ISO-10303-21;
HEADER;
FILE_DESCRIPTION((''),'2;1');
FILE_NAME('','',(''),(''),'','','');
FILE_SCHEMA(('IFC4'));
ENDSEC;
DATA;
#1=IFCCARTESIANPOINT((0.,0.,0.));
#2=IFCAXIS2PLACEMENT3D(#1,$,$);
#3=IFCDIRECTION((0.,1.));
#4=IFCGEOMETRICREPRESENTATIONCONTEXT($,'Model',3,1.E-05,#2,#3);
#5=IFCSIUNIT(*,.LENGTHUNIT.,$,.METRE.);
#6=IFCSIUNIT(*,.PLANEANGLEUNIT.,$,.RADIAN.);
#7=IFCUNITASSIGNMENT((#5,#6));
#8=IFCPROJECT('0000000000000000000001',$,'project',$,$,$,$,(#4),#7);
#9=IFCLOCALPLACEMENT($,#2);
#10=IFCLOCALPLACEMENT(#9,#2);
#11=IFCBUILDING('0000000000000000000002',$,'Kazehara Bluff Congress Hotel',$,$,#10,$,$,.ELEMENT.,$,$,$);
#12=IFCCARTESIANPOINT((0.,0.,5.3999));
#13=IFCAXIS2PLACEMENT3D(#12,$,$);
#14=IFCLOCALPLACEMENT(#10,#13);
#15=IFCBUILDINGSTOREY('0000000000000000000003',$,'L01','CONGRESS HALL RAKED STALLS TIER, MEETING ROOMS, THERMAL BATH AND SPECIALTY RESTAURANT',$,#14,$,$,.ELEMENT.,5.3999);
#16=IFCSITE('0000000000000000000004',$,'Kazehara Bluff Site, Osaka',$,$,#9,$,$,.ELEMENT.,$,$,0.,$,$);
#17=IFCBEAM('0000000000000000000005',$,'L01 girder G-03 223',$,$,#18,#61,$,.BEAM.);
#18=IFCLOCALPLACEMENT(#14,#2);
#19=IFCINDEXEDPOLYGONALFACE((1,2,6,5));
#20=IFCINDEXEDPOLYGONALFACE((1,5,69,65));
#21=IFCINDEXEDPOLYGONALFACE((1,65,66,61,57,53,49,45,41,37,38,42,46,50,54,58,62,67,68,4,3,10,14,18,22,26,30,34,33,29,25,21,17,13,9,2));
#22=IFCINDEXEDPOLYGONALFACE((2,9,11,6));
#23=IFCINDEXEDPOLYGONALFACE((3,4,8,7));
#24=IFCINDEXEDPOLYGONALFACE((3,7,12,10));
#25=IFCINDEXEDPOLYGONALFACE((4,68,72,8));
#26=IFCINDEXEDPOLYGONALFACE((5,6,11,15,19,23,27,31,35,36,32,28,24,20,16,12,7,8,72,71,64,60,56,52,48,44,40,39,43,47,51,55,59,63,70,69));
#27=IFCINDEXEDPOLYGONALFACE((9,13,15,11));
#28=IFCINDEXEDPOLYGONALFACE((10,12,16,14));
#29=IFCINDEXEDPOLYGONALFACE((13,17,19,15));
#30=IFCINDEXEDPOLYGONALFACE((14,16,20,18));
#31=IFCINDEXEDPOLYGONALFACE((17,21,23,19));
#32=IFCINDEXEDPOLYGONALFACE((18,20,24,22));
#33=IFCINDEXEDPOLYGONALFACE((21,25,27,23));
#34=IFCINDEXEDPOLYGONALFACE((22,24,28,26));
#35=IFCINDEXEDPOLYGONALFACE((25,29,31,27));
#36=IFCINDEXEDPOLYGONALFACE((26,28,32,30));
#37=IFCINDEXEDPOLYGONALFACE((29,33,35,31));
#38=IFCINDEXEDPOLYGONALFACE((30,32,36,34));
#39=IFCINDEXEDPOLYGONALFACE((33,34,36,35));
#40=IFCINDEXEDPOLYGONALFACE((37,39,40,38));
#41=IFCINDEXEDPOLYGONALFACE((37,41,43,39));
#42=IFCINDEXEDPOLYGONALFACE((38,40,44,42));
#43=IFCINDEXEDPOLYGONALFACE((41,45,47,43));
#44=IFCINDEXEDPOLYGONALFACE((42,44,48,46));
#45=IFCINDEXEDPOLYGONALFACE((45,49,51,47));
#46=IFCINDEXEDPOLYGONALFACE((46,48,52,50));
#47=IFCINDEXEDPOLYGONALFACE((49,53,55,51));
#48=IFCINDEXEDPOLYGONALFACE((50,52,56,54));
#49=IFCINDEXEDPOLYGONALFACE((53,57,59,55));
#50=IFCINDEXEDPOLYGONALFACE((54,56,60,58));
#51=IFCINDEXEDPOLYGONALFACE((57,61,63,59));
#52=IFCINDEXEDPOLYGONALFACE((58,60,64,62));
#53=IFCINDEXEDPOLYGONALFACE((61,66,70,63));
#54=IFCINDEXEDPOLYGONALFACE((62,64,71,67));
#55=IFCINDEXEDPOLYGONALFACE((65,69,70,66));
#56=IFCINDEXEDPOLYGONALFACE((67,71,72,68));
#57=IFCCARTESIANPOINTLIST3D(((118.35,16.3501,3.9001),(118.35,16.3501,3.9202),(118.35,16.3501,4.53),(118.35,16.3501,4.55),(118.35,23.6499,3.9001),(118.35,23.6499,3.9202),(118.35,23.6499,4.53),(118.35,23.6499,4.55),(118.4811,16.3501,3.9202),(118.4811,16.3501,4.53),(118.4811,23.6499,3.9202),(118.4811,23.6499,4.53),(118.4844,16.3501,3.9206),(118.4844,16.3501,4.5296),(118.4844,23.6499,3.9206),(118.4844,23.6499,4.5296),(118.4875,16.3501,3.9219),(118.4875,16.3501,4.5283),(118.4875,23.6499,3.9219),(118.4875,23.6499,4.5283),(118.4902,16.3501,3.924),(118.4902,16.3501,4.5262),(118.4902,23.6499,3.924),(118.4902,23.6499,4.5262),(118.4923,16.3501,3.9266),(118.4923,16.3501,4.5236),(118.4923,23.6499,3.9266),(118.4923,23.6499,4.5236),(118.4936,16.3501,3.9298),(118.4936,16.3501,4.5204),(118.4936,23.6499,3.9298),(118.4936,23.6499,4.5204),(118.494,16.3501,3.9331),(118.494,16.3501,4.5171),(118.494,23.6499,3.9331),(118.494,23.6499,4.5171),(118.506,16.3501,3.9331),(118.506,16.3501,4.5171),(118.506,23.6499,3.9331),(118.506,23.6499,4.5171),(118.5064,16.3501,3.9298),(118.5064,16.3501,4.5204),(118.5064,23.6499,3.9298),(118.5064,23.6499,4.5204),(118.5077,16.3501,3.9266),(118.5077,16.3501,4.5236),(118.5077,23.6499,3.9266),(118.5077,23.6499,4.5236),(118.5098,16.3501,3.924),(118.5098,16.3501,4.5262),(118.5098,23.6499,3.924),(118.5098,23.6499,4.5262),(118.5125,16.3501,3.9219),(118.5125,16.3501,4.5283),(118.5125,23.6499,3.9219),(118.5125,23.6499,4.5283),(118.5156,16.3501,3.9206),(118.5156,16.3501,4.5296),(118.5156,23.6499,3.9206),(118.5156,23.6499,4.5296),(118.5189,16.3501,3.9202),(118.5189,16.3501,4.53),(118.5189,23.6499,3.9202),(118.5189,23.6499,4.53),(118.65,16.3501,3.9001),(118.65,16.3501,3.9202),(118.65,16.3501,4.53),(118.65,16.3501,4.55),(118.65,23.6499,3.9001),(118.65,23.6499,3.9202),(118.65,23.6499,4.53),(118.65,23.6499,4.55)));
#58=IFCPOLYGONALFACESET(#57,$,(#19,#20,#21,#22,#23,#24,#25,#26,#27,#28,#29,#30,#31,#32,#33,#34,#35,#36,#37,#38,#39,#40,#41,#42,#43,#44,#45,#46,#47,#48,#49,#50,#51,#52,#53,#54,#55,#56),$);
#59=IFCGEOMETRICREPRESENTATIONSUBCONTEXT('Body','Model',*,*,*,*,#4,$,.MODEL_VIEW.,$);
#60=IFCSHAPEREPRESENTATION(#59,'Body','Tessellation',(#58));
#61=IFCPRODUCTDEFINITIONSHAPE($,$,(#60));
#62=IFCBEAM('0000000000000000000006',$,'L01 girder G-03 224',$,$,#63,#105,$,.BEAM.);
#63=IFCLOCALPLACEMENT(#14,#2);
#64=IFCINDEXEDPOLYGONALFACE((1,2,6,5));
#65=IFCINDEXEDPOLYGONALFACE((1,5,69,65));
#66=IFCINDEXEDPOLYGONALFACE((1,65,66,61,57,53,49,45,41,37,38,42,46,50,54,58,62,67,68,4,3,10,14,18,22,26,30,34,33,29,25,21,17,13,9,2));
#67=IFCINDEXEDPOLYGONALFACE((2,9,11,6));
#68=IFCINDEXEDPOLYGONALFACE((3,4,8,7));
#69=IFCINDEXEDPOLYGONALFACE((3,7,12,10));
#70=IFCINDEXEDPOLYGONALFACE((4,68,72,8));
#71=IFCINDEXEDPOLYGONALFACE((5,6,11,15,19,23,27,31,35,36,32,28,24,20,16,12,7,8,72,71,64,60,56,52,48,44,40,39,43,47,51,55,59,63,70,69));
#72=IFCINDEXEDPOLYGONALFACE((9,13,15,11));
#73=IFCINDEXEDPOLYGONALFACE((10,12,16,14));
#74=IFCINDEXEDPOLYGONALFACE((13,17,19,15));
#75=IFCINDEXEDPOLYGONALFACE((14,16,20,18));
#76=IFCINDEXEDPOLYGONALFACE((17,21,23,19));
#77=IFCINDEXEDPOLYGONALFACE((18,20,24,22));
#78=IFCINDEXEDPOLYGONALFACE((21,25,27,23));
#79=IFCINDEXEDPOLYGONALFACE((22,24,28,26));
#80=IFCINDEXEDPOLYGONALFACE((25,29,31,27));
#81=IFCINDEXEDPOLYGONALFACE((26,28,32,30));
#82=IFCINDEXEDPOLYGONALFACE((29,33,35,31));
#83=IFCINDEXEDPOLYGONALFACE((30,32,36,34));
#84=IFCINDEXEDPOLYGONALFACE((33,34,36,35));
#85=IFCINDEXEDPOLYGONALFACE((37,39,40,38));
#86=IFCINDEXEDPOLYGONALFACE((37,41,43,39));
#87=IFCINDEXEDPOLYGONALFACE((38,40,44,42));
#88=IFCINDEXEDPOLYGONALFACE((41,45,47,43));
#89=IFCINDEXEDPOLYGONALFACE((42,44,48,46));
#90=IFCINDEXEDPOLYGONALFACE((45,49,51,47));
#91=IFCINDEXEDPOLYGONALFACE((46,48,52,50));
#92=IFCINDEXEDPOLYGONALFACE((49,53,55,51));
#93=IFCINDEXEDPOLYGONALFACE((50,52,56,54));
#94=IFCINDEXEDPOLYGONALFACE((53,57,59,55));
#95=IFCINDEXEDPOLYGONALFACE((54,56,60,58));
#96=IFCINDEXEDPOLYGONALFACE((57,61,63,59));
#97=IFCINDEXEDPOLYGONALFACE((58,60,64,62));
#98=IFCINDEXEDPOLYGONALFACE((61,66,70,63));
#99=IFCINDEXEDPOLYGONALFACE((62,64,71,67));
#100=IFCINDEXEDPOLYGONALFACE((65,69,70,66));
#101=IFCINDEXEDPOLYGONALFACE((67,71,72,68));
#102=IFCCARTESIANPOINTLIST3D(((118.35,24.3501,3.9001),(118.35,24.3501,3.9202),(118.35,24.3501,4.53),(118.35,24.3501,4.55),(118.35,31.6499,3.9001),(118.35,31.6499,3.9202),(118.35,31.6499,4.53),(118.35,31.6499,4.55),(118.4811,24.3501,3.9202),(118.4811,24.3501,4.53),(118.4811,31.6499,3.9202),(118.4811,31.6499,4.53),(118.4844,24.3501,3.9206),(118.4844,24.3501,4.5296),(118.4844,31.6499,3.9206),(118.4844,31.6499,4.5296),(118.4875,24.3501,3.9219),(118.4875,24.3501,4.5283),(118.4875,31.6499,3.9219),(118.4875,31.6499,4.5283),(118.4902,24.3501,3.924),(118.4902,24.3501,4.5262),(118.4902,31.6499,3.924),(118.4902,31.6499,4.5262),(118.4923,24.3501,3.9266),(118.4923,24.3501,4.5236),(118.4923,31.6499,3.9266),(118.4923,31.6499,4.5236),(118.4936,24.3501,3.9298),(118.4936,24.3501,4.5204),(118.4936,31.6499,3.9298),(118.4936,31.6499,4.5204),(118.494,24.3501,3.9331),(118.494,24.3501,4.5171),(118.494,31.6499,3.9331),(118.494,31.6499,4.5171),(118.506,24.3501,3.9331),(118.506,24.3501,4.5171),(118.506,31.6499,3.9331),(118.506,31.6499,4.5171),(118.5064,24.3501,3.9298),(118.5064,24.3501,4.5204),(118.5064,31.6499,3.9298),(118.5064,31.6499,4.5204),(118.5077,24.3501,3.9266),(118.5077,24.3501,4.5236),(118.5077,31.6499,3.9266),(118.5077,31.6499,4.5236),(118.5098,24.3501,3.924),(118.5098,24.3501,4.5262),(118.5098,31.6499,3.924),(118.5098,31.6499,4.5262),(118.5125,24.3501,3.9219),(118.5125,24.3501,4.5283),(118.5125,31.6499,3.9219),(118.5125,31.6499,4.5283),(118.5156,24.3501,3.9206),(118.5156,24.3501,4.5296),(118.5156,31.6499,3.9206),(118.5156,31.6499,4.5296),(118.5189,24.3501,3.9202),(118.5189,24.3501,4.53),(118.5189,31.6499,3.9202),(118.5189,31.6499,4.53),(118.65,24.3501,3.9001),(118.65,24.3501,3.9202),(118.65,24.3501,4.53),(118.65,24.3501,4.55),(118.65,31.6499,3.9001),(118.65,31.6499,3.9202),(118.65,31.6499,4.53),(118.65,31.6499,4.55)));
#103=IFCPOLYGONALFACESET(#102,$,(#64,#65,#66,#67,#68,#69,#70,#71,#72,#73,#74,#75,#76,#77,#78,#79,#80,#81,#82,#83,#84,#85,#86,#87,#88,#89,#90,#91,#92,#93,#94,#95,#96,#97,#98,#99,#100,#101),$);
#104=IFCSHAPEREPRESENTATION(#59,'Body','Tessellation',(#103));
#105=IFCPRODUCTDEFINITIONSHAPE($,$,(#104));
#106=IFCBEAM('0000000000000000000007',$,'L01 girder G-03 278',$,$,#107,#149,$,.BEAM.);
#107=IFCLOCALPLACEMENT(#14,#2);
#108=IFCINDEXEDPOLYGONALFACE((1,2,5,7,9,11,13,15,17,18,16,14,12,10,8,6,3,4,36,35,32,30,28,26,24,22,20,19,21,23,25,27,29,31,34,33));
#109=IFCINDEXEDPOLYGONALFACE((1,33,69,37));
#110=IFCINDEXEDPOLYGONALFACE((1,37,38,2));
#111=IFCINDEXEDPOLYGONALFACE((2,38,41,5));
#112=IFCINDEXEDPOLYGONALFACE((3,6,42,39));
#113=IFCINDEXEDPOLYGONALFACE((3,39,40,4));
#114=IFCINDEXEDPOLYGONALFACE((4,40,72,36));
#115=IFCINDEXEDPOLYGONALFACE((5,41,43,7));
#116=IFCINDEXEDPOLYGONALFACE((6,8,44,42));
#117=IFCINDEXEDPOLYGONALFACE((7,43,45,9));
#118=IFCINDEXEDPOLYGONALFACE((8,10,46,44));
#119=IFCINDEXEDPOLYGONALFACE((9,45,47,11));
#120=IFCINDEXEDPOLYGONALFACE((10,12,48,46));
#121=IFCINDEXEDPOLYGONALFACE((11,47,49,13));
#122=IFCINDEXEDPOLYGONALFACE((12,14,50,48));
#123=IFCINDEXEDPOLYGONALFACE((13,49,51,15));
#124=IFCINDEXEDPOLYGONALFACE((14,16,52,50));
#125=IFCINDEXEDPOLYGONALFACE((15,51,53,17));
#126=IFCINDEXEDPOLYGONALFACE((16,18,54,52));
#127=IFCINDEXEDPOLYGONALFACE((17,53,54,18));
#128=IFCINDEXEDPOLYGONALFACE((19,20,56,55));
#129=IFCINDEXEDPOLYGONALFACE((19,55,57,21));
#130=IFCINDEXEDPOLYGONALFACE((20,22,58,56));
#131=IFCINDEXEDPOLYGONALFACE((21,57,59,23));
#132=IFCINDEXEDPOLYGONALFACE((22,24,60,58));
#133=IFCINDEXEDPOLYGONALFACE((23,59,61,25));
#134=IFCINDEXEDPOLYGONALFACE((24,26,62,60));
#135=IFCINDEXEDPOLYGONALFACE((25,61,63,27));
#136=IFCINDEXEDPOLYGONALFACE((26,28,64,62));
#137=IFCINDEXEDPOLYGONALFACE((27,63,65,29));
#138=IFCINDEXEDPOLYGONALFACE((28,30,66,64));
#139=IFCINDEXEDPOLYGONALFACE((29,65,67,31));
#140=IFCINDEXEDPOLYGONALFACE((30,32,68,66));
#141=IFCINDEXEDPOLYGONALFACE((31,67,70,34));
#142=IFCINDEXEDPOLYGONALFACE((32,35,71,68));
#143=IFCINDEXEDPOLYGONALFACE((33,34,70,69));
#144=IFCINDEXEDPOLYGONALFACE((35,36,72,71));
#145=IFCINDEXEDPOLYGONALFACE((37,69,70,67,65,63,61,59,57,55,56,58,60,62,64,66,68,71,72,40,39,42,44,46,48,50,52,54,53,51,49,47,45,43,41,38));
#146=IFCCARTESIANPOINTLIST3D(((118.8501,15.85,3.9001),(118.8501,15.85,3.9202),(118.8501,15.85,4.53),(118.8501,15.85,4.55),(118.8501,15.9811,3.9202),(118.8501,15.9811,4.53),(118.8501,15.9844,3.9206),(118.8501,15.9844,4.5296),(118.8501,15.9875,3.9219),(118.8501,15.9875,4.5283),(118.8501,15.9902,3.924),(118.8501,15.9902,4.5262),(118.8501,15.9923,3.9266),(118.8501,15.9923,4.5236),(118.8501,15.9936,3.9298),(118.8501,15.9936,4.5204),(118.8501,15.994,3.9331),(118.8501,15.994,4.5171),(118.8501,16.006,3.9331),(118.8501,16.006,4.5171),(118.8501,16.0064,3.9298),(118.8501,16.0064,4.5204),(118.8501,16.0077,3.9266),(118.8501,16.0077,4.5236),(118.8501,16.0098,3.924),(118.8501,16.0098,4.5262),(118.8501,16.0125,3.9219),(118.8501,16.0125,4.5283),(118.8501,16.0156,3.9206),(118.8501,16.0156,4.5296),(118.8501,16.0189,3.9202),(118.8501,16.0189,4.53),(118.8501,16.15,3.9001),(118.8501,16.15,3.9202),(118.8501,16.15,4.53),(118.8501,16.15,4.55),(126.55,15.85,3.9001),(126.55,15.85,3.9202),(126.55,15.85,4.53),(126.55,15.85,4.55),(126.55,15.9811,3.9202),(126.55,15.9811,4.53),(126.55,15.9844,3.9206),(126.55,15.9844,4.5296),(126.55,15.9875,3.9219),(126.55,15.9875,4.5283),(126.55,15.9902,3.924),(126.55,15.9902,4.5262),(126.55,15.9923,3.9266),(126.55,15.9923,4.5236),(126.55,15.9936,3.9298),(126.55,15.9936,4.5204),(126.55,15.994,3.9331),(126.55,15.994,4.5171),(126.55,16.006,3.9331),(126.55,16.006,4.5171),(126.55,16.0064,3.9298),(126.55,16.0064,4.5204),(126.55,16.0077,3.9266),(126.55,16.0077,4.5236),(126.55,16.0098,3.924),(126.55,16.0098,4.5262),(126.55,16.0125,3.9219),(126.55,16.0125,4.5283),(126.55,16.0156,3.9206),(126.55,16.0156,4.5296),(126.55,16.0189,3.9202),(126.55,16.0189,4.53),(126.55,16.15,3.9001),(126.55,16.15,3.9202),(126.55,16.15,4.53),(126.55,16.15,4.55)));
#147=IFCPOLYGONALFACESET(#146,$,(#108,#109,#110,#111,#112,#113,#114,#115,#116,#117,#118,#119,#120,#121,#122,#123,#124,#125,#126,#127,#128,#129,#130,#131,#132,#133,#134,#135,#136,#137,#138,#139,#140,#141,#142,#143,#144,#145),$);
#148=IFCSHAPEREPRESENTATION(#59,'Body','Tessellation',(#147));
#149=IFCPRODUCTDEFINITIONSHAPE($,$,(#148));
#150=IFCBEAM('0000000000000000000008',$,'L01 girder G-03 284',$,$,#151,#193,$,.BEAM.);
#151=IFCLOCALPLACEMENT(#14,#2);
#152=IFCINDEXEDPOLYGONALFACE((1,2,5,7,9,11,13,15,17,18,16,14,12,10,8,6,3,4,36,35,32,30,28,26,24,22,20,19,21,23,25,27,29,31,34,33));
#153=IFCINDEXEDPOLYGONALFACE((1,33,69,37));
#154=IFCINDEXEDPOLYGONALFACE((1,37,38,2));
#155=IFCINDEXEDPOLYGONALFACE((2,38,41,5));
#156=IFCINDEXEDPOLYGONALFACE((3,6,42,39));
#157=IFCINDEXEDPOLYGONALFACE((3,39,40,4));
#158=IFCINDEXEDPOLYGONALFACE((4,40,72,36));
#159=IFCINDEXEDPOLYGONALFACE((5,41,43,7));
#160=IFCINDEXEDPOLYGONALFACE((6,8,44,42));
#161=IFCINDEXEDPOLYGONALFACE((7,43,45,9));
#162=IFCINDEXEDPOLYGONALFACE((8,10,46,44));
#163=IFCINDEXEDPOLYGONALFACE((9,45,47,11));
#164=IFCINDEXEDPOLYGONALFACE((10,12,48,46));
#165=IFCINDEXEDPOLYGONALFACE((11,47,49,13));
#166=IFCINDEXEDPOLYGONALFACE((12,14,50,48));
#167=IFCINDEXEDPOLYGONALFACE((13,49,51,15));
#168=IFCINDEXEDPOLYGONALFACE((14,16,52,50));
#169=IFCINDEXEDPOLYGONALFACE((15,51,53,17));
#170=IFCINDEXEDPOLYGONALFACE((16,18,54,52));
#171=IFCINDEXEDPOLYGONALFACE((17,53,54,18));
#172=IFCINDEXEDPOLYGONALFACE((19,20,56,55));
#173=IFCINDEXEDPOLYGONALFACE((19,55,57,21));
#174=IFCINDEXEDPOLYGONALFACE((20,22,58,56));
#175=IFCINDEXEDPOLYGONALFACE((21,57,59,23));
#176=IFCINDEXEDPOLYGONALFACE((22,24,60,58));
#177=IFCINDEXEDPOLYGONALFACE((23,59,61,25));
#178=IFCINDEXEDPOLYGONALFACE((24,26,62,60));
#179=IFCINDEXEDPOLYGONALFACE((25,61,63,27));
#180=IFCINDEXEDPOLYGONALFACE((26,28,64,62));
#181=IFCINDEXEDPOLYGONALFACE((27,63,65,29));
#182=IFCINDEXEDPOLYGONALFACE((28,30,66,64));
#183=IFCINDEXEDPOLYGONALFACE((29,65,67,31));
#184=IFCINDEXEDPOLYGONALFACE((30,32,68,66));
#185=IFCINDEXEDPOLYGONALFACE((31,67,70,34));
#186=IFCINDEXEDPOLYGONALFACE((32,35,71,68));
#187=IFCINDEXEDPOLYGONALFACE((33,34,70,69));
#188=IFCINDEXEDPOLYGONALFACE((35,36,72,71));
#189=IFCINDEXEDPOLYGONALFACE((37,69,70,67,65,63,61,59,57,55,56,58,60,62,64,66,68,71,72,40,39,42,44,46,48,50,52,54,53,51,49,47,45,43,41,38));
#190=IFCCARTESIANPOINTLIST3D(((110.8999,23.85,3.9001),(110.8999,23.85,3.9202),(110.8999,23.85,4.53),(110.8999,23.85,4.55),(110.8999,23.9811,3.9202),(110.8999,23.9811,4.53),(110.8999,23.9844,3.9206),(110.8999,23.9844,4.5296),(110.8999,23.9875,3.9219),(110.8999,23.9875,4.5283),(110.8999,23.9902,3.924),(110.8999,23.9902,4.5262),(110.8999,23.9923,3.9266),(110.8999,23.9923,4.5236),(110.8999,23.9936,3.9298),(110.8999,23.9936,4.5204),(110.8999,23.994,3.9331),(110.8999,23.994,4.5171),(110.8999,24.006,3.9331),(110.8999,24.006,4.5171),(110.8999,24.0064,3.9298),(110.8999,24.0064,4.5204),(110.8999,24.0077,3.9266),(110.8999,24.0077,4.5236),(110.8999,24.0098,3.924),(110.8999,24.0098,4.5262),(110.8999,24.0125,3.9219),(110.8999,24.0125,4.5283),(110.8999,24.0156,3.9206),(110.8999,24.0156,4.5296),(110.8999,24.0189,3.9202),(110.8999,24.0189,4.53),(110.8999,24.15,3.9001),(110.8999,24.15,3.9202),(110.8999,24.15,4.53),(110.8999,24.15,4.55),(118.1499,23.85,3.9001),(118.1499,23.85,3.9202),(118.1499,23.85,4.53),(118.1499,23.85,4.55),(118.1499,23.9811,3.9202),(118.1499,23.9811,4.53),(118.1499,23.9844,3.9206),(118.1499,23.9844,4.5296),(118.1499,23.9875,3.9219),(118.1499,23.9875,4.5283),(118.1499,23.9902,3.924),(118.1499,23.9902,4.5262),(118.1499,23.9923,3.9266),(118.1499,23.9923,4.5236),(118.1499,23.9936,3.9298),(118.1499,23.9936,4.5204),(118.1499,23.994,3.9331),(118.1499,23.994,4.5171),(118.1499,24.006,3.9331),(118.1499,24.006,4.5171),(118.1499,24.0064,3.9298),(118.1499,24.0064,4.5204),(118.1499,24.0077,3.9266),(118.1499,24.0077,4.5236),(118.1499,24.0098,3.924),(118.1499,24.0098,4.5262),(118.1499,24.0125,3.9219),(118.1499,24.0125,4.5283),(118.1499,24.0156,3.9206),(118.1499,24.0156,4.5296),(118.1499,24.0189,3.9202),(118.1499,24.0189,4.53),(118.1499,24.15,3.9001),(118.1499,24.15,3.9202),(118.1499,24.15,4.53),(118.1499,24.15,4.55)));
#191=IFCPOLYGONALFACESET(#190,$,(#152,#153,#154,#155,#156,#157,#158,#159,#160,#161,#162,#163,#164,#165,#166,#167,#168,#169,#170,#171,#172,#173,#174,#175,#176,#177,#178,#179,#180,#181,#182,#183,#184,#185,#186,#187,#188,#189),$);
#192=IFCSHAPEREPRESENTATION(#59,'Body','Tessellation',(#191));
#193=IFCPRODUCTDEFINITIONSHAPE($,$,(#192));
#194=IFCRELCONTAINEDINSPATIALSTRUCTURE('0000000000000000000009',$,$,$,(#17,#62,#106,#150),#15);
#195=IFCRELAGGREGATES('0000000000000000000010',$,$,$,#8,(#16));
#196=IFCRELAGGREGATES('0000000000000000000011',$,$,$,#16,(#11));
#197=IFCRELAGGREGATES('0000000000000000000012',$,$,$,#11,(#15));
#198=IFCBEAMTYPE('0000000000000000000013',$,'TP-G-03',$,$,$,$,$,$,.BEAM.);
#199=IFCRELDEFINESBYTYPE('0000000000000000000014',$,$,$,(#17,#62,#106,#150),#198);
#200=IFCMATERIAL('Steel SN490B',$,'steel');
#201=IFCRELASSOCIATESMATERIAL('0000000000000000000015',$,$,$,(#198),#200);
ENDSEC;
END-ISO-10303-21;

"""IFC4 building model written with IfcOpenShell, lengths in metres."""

from ifc_helpers import new_model, si_unit, direction, frame, origin, origin_2d, place, context, subcontext, project, spatial, i_section, extrude, material, material_profile, profile_set, type_object, element, save


model = new_model("IFC4")

# Units and contexts
model_context = context("Model", 3, precision=1e-05, world=origin(), true_north=direction((0.0, 1.0)))
body_context = subcontext(model_context, "Body", "Model", "MODEL_VIEW")
ifc_project = project(units=[si_unit("LENGTHUNIT", "METRE"), si_unit("PLANEANGLEUNIT", "RADIAN")], contexts=[model_context])

# Site, building, storey
site_placement = place(None, origin())
site = spatial("IfcSite", under=ifc_project, at=site_placement, Name="Kazehara Bluff Site, Osaka", CompositionType="ELEMENT", RefElevation=0.0)
building_placement = place(site_placement, origin())
building = spatial("IfcBuilding", under=site, at=building_placement, Name="Kazehara Bluff Congress Hotel", CompositionType="ELEMENT")
storey_placement = place(building_placement, frame((0.0, 0.0, 5.3999)))
storey = spatial("IfcBuildingStorey", under=building, at=storey_placement, Name="L01", Description="CONGRESS HALL RAKED STALLS TIER, MEETING ROOMS, THERMAL BATH AND SPECIALTY RESTAURANT", CompositionType="ELEMENT", Elevation=5.3999)

# Beams
ifc_material_1 = material(Name="Steel SN490B", Category="steel")
ifc_material_profile_1 = material_profile(ifc_material_1, i_section(OverallWidth=0.3, OverallDepth=0.6499, WebThickness=0.012, FlangeThickness=0.02, FilletRadius=0.0129, at=origin_2d()))
ifc_profile_set_1 = profile_set([ifc_material_profile_1], Name="Steel SN490B")
beam_type_1 = type_object("IfcBeamType", Name="TP-G-03", PredefinedType="BEAM", material=ifc_profile_set_1)
for number, where, z_axis, x_axis, name in (
    (1, (118.5, 16.3501, 4.2251), (0.0, 1.0, 0.0), (-1.0, 0.0, 0.0), "L01 girder G-03 223"),
    (2, (118.5, 24.3501, 4.2251), (0.0, 1.0, 0.0), (-1.0, 0.0, 0.0), "L01 girder G-03 224"),
):
    element("IfcBeam", number, at=place(storey_placement, frame(where, z_axis=z_axis, x_axis=x_axis)), inside=storey, type_object=beam_type_1, Name=name, PredefinedType="BEAM", context=body_context, shape_type="SweptSolid", body=[
        extrude(i_section(OverallWidth=0.3, OverallDepth=0.6499, WebThickness=0.012, FlangeThickness=0.02, FilletRadius=0.0129, at=origin_2d()), origin(), (0.0, 0.0, 1.0), 7.2998),
    ])
beam_1_placement = place(storey_placement, frame((118.8501, 16.0, 4.2251), z_axis=(1.0, 0.0, 0.0), x_axis=(0.0, 1.0, 0.0)))
element("IfcBeam", 3, at=beam_1_placement, inside=storey, type_object=beam_type_1, Name="L01 girder G-03 278", PredefinedType="BEAM", context=body_context, shape_type="SweptSolid", body=[
    extrude(i_section(OverallWidth=0.3, OverallDepth=0.6499, WebThickness=0.012, FlangeThickness=0.02, FilletRadius=0.0129, at=origin_2d()), origin(), (0.0, 0.0, 1.0), 7.7),
])
beam_2_placement = place(storey_placement, frame((110.8999, 24.0, 4.2251), z_axis=(1.0, 0.0, 0.0), x_axis=(0.0, 1.0, 0.0)))
element("IfcBeam", 4, at=beam_2_placement, inside=storey, type_object=beam_type_1, Name="L01 girder G-03 284", PredefinedType="BEAM", context=body_context, shape_type="SweptSolid", body=[
    extrude(i_section(OverallWidth=0.3, OverallDepth=0.6499, WebThickness=0.012, FlangeThickness=0.02, FilletRadius=0.0129, at=origin_2d()), origin(), (0.0, 0.0, 1.0), 7.25),
])

save(model, "model.ifc")
